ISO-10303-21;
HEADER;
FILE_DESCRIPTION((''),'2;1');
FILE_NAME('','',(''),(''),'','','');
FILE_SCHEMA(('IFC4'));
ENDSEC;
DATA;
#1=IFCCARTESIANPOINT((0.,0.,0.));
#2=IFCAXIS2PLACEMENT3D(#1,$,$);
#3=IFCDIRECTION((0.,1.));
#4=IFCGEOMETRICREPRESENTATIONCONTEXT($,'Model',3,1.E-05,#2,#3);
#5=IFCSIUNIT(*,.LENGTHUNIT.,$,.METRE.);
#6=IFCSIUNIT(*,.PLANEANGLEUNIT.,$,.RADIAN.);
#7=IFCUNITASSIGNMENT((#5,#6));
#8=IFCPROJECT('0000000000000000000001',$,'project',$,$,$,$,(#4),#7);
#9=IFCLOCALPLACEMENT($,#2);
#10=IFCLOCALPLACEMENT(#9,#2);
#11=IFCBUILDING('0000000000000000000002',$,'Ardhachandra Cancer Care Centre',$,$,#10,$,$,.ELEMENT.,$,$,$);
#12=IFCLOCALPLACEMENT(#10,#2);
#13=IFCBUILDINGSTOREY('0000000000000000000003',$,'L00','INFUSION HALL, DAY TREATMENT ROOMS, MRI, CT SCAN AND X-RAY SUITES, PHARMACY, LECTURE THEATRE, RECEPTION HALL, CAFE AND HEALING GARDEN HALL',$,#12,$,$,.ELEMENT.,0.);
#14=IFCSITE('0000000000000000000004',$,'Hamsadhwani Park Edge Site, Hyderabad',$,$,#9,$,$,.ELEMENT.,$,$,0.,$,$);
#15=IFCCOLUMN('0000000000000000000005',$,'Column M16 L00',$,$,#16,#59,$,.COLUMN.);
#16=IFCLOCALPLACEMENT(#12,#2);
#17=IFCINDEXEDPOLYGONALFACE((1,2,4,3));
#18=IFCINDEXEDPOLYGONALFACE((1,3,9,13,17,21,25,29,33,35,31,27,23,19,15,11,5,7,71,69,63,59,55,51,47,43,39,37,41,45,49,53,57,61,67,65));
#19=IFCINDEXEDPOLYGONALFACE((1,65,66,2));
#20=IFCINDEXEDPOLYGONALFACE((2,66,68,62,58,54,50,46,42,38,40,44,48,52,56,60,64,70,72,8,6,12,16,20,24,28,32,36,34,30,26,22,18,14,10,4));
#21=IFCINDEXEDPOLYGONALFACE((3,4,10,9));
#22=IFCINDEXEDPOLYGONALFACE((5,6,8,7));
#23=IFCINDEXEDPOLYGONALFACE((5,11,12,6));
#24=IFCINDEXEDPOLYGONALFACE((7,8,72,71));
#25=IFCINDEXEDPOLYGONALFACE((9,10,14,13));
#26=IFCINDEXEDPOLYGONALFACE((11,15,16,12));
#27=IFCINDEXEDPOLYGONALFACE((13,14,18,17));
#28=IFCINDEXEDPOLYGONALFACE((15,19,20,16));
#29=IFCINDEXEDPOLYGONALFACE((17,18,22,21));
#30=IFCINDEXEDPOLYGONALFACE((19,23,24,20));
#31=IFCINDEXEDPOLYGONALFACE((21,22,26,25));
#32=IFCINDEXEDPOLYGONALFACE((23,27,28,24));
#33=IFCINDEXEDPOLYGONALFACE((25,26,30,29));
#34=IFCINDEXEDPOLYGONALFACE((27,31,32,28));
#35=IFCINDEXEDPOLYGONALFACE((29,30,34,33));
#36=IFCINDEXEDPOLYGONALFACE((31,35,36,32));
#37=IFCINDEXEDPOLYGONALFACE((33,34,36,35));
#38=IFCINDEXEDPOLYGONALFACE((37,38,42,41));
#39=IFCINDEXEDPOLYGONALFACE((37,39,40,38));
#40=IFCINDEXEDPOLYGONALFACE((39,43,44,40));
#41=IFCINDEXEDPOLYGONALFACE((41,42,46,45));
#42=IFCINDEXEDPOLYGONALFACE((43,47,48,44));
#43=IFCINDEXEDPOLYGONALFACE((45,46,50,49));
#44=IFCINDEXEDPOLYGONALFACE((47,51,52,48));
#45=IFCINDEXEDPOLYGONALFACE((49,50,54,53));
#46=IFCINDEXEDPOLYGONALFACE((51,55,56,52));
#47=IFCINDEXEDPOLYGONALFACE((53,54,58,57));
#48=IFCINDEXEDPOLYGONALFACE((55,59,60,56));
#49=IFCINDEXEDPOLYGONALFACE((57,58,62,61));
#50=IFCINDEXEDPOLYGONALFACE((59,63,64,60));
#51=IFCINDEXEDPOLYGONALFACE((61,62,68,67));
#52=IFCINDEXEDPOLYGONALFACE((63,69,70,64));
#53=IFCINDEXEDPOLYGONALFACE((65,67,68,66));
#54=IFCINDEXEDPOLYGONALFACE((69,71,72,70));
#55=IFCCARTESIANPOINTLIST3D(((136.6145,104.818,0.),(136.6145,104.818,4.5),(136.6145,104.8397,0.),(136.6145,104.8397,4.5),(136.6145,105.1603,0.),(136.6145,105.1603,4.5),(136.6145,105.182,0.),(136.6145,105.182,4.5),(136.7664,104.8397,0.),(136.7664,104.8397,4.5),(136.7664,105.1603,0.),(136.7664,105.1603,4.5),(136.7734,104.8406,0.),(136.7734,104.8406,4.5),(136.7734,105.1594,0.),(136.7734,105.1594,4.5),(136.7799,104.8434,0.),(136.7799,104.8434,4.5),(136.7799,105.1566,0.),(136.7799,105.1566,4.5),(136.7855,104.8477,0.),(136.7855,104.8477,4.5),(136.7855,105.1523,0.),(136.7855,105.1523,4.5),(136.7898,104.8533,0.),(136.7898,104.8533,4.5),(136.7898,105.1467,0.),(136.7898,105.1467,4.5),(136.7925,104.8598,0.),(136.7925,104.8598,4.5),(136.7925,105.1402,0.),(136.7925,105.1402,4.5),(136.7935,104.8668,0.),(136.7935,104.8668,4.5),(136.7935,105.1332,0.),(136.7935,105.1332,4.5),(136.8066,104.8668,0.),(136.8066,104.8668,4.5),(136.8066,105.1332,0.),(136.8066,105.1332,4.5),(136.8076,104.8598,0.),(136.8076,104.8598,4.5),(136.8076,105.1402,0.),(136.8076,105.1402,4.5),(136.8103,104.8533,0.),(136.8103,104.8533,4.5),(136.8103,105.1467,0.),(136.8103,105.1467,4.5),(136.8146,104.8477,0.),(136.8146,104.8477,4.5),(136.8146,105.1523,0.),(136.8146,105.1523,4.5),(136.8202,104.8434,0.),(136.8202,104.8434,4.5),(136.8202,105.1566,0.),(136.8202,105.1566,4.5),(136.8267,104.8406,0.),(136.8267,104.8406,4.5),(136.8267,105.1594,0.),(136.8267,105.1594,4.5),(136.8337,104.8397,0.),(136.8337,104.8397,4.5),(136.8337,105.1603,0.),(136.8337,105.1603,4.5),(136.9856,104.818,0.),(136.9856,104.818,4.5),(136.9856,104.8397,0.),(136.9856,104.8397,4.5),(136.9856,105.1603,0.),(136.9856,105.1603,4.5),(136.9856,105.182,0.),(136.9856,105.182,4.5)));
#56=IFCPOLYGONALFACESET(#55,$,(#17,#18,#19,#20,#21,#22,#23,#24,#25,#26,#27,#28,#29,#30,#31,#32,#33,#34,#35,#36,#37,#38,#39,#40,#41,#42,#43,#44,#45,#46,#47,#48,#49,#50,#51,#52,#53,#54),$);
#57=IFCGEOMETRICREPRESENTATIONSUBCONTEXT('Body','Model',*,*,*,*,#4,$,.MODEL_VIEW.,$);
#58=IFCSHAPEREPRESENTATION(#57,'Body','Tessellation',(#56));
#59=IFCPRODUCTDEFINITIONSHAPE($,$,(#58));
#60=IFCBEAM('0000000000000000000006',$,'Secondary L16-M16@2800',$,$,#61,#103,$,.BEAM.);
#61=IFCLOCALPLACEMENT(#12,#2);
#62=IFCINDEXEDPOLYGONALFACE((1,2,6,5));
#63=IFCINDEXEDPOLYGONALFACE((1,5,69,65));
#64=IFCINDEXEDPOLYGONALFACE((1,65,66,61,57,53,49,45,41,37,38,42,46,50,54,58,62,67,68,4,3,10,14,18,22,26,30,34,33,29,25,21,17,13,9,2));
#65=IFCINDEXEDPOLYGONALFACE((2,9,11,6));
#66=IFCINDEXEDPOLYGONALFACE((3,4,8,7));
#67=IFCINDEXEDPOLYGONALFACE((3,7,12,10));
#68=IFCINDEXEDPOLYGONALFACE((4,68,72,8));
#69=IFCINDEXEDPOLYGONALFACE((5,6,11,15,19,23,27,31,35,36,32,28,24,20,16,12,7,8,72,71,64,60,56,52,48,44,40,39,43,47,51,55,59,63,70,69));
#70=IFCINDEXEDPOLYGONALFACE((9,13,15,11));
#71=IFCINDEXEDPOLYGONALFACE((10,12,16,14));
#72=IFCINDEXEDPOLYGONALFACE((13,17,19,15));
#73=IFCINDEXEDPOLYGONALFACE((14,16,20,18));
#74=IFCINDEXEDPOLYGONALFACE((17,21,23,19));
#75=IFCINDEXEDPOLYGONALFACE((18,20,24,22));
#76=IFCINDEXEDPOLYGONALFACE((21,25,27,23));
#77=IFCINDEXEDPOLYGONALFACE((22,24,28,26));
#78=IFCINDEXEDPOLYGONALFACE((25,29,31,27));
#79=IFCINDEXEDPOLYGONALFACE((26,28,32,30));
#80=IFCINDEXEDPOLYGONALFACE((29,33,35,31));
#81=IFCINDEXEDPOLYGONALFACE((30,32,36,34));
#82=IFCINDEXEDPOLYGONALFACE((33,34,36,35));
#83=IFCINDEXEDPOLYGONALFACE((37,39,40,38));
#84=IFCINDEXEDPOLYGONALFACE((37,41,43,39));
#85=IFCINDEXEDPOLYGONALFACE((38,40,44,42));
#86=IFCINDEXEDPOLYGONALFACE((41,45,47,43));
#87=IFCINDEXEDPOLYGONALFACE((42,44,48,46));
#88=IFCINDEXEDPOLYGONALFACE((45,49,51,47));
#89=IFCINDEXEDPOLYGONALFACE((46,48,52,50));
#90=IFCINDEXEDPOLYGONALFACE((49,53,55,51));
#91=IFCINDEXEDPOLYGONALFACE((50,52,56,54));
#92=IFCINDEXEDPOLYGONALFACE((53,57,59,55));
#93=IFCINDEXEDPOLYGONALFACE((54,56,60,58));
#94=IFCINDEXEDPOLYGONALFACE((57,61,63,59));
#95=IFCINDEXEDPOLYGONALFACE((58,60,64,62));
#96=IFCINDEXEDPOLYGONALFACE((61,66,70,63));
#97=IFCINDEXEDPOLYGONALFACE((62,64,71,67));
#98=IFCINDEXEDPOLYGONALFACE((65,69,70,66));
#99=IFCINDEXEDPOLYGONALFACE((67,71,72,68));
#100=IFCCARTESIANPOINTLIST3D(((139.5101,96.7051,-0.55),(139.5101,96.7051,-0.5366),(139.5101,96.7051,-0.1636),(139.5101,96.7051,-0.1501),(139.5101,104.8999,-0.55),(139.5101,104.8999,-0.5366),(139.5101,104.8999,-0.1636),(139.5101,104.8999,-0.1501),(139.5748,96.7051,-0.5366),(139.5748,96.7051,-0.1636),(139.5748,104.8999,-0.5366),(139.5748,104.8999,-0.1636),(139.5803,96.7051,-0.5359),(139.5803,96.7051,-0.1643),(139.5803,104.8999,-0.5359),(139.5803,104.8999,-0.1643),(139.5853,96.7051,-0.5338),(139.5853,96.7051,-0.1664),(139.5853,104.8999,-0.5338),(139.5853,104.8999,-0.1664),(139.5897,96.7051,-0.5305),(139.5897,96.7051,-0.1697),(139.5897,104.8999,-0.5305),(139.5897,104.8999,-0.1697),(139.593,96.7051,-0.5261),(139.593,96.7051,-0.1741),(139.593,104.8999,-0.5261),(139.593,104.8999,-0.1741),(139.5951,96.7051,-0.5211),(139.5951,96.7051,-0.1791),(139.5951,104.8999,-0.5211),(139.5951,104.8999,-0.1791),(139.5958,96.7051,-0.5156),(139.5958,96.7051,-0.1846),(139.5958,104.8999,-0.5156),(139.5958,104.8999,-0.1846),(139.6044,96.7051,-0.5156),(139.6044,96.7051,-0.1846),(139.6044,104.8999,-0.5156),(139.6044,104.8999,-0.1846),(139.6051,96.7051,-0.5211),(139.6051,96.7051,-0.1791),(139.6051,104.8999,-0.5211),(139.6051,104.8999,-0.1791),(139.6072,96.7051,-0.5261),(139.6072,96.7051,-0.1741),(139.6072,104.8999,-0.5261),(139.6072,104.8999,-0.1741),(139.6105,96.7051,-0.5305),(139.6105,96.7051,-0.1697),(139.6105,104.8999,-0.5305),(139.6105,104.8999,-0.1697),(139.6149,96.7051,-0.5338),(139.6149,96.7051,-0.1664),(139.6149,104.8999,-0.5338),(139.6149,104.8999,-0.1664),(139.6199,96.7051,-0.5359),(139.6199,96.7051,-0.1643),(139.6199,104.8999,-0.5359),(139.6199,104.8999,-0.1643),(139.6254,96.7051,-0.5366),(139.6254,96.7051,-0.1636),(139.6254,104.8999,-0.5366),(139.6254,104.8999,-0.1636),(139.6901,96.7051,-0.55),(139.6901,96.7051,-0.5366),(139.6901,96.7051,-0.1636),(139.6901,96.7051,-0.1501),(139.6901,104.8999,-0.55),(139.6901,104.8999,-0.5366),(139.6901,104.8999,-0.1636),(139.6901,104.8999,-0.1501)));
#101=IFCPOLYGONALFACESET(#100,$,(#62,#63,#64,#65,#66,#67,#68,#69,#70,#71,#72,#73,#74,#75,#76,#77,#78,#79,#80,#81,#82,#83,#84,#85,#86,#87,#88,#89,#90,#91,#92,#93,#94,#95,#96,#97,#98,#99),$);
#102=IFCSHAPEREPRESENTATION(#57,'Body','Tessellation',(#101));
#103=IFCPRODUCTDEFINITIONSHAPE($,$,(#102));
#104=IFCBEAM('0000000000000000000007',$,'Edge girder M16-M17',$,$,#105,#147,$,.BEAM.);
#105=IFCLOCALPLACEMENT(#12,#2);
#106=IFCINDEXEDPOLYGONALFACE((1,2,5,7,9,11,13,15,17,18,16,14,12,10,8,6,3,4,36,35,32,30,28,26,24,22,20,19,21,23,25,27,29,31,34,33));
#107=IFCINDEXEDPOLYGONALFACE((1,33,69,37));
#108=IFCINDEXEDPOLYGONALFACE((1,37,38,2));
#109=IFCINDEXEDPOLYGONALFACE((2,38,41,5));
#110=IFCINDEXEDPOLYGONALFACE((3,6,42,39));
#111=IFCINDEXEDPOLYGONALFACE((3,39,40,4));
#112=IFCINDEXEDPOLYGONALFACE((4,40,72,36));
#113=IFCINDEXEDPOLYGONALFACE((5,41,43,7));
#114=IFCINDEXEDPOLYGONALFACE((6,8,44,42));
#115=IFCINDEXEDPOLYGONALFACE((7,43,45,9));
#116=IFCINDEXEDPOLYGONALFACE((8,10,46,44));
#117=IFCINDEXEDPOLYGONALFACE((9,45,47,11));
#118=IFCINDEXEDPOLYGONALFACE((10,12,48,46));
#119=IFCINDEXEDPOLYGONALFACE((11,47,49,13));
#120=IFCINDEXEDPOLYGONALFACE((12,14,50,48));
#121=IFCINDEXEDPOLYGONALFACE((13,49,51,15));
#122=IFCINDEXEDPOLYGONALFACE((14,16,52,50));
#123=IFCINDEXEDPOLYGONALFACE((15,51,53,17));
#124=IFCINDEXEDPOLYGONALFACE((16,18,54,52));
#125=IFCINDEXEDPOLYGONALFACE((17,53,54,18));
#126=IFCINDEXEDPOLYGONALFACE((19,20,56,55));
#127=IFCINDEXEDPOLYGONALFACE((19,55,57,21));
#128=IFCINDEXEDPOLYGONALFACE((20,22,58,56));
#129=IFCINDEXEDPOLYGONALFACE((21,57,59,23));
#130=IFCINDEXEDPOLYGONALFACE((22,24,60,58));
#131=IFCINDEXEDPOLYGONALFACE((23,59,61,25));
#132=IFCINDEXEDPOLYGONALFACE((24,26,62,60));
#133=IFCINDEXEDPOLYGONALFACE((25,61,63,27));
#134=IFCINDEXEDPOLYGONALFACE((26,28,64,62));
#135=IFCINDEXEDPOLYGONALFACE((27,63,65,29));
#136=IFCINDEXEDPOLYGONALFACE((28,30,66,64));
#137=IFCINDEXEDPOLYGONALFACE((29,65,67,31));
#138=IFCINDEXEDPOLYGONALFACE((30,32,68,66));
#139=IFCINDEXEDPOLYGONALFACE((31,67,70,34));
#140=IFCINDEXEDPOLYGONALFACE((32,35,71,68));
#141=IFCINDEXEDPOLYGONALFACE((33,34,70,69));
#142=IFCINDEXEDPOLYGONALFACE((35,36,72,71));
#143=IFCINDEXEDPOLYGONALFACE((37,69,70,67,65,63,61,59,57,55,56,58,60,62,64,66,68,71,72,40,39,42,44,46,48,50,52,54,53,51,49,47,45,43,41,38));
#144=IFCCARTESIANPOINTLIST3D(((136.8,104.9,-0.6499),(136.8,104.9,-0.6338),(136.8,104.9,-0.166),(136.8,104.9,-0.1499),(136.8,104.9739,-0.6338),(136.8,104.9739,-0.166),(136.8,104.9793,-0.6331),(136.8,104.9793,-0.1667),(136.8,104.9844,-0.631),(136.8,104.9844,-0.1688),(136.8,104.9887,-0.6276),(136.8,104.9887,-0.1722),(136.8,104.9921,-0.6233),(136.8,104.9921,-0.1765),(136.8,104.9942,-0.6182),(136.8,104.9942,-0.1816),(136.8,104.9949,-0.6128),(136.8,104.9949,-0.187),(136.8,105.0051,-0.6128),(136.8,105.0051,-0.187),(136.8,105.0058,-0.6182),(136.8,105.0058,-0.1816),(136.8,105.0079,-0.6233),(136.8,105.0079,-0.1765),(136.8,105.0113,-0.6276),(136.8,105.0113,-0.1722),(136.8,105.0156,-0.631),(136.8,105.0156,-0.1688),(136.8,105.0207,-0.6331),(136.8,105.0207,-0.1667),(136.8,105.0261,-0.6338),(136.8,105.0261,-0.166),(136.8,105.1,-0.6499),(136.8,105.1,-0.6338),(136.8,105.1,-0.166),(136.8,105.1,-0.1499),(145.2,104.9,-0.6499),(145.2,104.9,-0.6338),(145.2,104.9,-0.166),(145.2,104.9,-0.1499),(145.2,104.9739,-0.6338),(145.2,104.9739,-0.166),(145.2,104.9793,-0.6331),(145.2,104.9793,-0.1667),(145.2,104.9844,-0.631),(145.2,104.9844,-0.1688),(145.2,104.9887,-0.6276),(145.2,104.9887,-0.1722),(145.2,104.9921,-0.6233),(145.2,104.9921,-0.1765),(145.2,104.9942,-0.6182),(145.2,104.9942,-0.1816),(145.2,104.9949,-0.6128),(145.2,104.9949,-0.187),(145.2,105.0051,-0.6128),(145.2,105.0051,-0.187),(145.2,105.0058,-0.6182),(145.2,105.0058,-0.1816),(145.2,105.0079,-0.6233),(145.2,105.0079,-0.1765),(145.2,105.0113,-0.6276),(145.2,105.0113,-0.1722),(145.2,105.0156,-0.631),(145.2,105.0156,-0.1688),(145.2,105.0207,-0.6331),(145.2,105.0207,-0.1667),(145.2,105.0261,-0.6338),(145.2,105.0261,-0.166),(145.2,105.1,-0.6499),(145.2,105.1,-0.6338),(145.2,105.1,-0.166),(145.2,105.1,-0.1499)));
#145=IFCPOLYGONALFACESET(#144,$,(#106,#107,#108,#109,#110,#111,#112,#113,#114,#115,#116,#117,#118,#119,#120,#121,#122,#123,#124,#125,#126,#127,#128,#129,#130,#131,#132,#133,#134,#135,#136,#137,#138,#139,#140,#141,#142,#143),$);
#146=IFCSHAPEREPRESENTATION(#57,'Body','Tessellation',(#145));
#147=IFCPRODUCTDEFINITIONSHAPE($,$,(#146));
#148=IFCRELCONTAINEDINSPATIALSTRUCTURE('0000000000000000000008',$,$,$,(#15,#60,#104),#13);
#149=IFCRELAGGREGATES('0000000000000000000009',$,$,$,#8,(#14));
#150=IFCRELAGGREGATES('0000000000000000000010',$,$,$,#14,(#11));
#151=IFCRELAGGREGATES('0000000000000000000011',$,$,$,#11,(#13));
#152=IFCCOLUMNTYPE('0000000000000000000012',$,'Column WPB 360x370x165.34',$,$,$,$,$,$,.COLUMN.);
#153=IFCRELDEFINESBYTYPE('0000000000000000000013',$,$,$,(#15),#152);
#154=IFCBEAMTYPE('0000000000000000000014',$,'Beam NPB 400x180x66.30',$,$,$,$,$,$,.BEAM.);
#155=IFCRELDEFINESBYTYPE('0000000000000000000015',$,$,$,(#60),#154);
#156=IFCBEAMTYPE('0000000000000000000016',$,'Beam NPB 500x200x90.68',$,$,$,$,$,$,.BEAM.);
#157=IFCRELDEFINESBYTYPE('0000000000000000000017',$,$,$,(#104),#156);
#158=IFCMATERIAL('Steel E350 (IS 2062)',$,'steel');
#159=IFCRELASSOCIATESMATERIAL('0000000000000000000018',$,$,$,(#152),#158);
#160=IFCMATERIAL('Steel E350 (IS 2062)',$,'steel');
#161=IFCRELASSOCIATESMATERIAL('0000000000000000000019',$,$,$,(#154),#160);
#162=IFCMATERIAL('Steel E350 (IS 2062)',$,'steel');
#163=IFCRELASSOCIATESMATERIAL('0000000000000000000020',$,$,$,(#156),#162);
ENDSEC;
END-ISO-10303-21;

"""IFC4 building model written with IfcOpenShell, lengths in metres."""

from ifc_helpers import new_model, si_unit, direction, frame, origin, origin_2d, place, context, subcontext, project, spatial, i_section, extrude, material, material_profile, profile_set, type_object, element, save


model = new_model("IFC4")

# Units and contexts
model_context = context("Model", 3, precision=1e-05, world=origin(), true_north=direction((0.0, 1.0)))
body_context = subcontext(model_context, "Body", "Model", "MODEL_VIEW")
ifc_project = project(units=[si_unit("LENGTHUNIT", "METRE"), si_unit("PLANEANGLEUNIT", "RADIAN")], contexts=[model_context])

# Site, building, storey
site_placement = place(None, origin())
site = spatial("IfcSite", under=ifc_project, at=site_placement, Name="Hamsadhwani Park Edge Site, Hyderabad", CompositionType="ELEMENT", RefElevation=0.0)
building_placement = place(site_placement, origin())
building = spatial("IfcBuilding", under=site, at=building_placement, Name="Ardhachandra Cancer Care Centre", CompositionType="ELEMENT")
storey_placement = place(building_placement, origin())
storey = spatial("IfcBuildingStorey", under=building, at=storey_placement, Name="L00", Description="INFUSION HALL, DAY TREATMENT ROOMS, MRI, CT SCAN AND X-RAY SUITES, PHARMACY, LECTURE THEATRE, RECEPTION HALL, CAFE AND HEALING GARDEN HALL", CompositionType="ELEMENT", Elevation=0.0)

# Column
ifc_material_1 = material(Name="Steel E350 (IS 2062)", Category="steel")
ifc_material_profile_1 = material_profile(ifc_material_1, i_section(OverallWidth=0.3711, OverallDepth=0.364, WebThickness=0.0132, FlangeThickness=0.0217, FilletRadius=0.0271, at=origin_2d()), Name="WPB 360x370x165.34")
ifc_profile_set_1 = profile_set([ifc_material_profile_1], Name="Steel E350 (IS 2062)")
column_type = type_object("IfcColumnType", Name="Column WPB 360x370x165.34", PredefinedType="COLUMN", material=ifc_profile_set_1)
column_placement = place(storey_placement, frame((136.8, 105.0, 0.0), z_axis=(0.0, 0.0, 1.0), x_axis=(1.0, 0.0, 0.0)))
element("IfcColumn", 1, at=column_placement, inside=storey, type_object=column_type, Name="Column M16 L00", PredefinedType="COLUMN", context=body_context, shape_type="SweptSolid", body=[
    extrude(i_section(OverallWidth=0.3711, OverallDepth=0.364, WebThickness=0.0132, FlangeThickness=0.0217, FilletRadius=0.0271, at=origin_2d()), origin(), (0.0, 0.0, 1.0), 4.5),
])

# Beams
ifc_material_2 = material(Name="Steel E350 (IS 2062)", Category="steel")
ifc_material_profile_2 = material_profile(ifc_material_2, i_section(OverallWidth=0.1799, OverallDepth=0.3999, WebThickness=0.0085, FlangeThickness=0.0134, FilletRadius=0.021, at=origin_2d()), Name="NPB 400x180x66.30")
ifc_profile_set_2 = profile_set([ifc_material_profile_2], Name="Steel E350 (IS 2062)")
beam_type_1 = type_object("IfcBeamType", Name="Beam NPB 400x180x66.30", PredefinedType="BEAM", material=ifc_profile_set_2)
beam_1_placement = place(storey_placement, frame((139.6001, 96.7051, -0.3501), z_axis=(0.0, 1.0, 0.0), x_axis=(-1.0, 0.0, 0.0)))
element("IfcBeam", 2, at=beam_1_placement, inside=storey, type_object=beam_type_1, Name="Secondary L16-M16@2800", PredefinedType="BEAM", context=body_context, shape_type="SweptSolid", body=[
    extrude(i_section(OverallWidth=0.1799, OverallDepth=0.3999, WebThickness=0.0085, FlangeThickness=0.0134, FilletRadius=0.021, at=origin_2d()), origin(), (0.0, 0.0, 1.0), 8.1948),
])
ifc_material_3 = material(Name="Steel E350 (IS 2062)", Category="steel")
ifc_material_profile_3 = material_profile(ifc_material_3, i_section(OverallWidth=0.2, OverallDepth=0.5, WebThickness=0.0103, FlangeThickness=0.0161, FilletRadius=0.021, at=origin_2d()), Name="NPB 500x200x90.68")
ifc_profile_set_3 = profile_set([ifc_material_profile_3], Name="Steel E350 (IS 2062)")
beam_type_2 = type_object("IfcBeamType", Name="Beam NPB 500x200x90.68", PredefinedType="BEAM", material=ifc_profile_set_3)
beam_2_placement = place(storey_placement, frame((136.8, 105.0, -0.3999), z_axis=(1.0, 0.0, 0.0), x_axis=(0.0, 1.0, 0.0)))
element("IfcBeam", 3, at=beam_2_placement, inside=storey, type_object=beam_type_2, Name="Edge girder M16-M17", PredefinedType="BEAM", context=body_context, shape_type="SweptSolid", body=[
    extrude(i_section(OverallWidth=0.2, OverallDepth=0.5, WebThickness=0.0103, FlangeThickness=0.0161, FilletRadius=0.021, at=origin_2d()), origin(), (0.0, 0.0, 1.0), 8.3999),
])

save(model, "model.ifc")
